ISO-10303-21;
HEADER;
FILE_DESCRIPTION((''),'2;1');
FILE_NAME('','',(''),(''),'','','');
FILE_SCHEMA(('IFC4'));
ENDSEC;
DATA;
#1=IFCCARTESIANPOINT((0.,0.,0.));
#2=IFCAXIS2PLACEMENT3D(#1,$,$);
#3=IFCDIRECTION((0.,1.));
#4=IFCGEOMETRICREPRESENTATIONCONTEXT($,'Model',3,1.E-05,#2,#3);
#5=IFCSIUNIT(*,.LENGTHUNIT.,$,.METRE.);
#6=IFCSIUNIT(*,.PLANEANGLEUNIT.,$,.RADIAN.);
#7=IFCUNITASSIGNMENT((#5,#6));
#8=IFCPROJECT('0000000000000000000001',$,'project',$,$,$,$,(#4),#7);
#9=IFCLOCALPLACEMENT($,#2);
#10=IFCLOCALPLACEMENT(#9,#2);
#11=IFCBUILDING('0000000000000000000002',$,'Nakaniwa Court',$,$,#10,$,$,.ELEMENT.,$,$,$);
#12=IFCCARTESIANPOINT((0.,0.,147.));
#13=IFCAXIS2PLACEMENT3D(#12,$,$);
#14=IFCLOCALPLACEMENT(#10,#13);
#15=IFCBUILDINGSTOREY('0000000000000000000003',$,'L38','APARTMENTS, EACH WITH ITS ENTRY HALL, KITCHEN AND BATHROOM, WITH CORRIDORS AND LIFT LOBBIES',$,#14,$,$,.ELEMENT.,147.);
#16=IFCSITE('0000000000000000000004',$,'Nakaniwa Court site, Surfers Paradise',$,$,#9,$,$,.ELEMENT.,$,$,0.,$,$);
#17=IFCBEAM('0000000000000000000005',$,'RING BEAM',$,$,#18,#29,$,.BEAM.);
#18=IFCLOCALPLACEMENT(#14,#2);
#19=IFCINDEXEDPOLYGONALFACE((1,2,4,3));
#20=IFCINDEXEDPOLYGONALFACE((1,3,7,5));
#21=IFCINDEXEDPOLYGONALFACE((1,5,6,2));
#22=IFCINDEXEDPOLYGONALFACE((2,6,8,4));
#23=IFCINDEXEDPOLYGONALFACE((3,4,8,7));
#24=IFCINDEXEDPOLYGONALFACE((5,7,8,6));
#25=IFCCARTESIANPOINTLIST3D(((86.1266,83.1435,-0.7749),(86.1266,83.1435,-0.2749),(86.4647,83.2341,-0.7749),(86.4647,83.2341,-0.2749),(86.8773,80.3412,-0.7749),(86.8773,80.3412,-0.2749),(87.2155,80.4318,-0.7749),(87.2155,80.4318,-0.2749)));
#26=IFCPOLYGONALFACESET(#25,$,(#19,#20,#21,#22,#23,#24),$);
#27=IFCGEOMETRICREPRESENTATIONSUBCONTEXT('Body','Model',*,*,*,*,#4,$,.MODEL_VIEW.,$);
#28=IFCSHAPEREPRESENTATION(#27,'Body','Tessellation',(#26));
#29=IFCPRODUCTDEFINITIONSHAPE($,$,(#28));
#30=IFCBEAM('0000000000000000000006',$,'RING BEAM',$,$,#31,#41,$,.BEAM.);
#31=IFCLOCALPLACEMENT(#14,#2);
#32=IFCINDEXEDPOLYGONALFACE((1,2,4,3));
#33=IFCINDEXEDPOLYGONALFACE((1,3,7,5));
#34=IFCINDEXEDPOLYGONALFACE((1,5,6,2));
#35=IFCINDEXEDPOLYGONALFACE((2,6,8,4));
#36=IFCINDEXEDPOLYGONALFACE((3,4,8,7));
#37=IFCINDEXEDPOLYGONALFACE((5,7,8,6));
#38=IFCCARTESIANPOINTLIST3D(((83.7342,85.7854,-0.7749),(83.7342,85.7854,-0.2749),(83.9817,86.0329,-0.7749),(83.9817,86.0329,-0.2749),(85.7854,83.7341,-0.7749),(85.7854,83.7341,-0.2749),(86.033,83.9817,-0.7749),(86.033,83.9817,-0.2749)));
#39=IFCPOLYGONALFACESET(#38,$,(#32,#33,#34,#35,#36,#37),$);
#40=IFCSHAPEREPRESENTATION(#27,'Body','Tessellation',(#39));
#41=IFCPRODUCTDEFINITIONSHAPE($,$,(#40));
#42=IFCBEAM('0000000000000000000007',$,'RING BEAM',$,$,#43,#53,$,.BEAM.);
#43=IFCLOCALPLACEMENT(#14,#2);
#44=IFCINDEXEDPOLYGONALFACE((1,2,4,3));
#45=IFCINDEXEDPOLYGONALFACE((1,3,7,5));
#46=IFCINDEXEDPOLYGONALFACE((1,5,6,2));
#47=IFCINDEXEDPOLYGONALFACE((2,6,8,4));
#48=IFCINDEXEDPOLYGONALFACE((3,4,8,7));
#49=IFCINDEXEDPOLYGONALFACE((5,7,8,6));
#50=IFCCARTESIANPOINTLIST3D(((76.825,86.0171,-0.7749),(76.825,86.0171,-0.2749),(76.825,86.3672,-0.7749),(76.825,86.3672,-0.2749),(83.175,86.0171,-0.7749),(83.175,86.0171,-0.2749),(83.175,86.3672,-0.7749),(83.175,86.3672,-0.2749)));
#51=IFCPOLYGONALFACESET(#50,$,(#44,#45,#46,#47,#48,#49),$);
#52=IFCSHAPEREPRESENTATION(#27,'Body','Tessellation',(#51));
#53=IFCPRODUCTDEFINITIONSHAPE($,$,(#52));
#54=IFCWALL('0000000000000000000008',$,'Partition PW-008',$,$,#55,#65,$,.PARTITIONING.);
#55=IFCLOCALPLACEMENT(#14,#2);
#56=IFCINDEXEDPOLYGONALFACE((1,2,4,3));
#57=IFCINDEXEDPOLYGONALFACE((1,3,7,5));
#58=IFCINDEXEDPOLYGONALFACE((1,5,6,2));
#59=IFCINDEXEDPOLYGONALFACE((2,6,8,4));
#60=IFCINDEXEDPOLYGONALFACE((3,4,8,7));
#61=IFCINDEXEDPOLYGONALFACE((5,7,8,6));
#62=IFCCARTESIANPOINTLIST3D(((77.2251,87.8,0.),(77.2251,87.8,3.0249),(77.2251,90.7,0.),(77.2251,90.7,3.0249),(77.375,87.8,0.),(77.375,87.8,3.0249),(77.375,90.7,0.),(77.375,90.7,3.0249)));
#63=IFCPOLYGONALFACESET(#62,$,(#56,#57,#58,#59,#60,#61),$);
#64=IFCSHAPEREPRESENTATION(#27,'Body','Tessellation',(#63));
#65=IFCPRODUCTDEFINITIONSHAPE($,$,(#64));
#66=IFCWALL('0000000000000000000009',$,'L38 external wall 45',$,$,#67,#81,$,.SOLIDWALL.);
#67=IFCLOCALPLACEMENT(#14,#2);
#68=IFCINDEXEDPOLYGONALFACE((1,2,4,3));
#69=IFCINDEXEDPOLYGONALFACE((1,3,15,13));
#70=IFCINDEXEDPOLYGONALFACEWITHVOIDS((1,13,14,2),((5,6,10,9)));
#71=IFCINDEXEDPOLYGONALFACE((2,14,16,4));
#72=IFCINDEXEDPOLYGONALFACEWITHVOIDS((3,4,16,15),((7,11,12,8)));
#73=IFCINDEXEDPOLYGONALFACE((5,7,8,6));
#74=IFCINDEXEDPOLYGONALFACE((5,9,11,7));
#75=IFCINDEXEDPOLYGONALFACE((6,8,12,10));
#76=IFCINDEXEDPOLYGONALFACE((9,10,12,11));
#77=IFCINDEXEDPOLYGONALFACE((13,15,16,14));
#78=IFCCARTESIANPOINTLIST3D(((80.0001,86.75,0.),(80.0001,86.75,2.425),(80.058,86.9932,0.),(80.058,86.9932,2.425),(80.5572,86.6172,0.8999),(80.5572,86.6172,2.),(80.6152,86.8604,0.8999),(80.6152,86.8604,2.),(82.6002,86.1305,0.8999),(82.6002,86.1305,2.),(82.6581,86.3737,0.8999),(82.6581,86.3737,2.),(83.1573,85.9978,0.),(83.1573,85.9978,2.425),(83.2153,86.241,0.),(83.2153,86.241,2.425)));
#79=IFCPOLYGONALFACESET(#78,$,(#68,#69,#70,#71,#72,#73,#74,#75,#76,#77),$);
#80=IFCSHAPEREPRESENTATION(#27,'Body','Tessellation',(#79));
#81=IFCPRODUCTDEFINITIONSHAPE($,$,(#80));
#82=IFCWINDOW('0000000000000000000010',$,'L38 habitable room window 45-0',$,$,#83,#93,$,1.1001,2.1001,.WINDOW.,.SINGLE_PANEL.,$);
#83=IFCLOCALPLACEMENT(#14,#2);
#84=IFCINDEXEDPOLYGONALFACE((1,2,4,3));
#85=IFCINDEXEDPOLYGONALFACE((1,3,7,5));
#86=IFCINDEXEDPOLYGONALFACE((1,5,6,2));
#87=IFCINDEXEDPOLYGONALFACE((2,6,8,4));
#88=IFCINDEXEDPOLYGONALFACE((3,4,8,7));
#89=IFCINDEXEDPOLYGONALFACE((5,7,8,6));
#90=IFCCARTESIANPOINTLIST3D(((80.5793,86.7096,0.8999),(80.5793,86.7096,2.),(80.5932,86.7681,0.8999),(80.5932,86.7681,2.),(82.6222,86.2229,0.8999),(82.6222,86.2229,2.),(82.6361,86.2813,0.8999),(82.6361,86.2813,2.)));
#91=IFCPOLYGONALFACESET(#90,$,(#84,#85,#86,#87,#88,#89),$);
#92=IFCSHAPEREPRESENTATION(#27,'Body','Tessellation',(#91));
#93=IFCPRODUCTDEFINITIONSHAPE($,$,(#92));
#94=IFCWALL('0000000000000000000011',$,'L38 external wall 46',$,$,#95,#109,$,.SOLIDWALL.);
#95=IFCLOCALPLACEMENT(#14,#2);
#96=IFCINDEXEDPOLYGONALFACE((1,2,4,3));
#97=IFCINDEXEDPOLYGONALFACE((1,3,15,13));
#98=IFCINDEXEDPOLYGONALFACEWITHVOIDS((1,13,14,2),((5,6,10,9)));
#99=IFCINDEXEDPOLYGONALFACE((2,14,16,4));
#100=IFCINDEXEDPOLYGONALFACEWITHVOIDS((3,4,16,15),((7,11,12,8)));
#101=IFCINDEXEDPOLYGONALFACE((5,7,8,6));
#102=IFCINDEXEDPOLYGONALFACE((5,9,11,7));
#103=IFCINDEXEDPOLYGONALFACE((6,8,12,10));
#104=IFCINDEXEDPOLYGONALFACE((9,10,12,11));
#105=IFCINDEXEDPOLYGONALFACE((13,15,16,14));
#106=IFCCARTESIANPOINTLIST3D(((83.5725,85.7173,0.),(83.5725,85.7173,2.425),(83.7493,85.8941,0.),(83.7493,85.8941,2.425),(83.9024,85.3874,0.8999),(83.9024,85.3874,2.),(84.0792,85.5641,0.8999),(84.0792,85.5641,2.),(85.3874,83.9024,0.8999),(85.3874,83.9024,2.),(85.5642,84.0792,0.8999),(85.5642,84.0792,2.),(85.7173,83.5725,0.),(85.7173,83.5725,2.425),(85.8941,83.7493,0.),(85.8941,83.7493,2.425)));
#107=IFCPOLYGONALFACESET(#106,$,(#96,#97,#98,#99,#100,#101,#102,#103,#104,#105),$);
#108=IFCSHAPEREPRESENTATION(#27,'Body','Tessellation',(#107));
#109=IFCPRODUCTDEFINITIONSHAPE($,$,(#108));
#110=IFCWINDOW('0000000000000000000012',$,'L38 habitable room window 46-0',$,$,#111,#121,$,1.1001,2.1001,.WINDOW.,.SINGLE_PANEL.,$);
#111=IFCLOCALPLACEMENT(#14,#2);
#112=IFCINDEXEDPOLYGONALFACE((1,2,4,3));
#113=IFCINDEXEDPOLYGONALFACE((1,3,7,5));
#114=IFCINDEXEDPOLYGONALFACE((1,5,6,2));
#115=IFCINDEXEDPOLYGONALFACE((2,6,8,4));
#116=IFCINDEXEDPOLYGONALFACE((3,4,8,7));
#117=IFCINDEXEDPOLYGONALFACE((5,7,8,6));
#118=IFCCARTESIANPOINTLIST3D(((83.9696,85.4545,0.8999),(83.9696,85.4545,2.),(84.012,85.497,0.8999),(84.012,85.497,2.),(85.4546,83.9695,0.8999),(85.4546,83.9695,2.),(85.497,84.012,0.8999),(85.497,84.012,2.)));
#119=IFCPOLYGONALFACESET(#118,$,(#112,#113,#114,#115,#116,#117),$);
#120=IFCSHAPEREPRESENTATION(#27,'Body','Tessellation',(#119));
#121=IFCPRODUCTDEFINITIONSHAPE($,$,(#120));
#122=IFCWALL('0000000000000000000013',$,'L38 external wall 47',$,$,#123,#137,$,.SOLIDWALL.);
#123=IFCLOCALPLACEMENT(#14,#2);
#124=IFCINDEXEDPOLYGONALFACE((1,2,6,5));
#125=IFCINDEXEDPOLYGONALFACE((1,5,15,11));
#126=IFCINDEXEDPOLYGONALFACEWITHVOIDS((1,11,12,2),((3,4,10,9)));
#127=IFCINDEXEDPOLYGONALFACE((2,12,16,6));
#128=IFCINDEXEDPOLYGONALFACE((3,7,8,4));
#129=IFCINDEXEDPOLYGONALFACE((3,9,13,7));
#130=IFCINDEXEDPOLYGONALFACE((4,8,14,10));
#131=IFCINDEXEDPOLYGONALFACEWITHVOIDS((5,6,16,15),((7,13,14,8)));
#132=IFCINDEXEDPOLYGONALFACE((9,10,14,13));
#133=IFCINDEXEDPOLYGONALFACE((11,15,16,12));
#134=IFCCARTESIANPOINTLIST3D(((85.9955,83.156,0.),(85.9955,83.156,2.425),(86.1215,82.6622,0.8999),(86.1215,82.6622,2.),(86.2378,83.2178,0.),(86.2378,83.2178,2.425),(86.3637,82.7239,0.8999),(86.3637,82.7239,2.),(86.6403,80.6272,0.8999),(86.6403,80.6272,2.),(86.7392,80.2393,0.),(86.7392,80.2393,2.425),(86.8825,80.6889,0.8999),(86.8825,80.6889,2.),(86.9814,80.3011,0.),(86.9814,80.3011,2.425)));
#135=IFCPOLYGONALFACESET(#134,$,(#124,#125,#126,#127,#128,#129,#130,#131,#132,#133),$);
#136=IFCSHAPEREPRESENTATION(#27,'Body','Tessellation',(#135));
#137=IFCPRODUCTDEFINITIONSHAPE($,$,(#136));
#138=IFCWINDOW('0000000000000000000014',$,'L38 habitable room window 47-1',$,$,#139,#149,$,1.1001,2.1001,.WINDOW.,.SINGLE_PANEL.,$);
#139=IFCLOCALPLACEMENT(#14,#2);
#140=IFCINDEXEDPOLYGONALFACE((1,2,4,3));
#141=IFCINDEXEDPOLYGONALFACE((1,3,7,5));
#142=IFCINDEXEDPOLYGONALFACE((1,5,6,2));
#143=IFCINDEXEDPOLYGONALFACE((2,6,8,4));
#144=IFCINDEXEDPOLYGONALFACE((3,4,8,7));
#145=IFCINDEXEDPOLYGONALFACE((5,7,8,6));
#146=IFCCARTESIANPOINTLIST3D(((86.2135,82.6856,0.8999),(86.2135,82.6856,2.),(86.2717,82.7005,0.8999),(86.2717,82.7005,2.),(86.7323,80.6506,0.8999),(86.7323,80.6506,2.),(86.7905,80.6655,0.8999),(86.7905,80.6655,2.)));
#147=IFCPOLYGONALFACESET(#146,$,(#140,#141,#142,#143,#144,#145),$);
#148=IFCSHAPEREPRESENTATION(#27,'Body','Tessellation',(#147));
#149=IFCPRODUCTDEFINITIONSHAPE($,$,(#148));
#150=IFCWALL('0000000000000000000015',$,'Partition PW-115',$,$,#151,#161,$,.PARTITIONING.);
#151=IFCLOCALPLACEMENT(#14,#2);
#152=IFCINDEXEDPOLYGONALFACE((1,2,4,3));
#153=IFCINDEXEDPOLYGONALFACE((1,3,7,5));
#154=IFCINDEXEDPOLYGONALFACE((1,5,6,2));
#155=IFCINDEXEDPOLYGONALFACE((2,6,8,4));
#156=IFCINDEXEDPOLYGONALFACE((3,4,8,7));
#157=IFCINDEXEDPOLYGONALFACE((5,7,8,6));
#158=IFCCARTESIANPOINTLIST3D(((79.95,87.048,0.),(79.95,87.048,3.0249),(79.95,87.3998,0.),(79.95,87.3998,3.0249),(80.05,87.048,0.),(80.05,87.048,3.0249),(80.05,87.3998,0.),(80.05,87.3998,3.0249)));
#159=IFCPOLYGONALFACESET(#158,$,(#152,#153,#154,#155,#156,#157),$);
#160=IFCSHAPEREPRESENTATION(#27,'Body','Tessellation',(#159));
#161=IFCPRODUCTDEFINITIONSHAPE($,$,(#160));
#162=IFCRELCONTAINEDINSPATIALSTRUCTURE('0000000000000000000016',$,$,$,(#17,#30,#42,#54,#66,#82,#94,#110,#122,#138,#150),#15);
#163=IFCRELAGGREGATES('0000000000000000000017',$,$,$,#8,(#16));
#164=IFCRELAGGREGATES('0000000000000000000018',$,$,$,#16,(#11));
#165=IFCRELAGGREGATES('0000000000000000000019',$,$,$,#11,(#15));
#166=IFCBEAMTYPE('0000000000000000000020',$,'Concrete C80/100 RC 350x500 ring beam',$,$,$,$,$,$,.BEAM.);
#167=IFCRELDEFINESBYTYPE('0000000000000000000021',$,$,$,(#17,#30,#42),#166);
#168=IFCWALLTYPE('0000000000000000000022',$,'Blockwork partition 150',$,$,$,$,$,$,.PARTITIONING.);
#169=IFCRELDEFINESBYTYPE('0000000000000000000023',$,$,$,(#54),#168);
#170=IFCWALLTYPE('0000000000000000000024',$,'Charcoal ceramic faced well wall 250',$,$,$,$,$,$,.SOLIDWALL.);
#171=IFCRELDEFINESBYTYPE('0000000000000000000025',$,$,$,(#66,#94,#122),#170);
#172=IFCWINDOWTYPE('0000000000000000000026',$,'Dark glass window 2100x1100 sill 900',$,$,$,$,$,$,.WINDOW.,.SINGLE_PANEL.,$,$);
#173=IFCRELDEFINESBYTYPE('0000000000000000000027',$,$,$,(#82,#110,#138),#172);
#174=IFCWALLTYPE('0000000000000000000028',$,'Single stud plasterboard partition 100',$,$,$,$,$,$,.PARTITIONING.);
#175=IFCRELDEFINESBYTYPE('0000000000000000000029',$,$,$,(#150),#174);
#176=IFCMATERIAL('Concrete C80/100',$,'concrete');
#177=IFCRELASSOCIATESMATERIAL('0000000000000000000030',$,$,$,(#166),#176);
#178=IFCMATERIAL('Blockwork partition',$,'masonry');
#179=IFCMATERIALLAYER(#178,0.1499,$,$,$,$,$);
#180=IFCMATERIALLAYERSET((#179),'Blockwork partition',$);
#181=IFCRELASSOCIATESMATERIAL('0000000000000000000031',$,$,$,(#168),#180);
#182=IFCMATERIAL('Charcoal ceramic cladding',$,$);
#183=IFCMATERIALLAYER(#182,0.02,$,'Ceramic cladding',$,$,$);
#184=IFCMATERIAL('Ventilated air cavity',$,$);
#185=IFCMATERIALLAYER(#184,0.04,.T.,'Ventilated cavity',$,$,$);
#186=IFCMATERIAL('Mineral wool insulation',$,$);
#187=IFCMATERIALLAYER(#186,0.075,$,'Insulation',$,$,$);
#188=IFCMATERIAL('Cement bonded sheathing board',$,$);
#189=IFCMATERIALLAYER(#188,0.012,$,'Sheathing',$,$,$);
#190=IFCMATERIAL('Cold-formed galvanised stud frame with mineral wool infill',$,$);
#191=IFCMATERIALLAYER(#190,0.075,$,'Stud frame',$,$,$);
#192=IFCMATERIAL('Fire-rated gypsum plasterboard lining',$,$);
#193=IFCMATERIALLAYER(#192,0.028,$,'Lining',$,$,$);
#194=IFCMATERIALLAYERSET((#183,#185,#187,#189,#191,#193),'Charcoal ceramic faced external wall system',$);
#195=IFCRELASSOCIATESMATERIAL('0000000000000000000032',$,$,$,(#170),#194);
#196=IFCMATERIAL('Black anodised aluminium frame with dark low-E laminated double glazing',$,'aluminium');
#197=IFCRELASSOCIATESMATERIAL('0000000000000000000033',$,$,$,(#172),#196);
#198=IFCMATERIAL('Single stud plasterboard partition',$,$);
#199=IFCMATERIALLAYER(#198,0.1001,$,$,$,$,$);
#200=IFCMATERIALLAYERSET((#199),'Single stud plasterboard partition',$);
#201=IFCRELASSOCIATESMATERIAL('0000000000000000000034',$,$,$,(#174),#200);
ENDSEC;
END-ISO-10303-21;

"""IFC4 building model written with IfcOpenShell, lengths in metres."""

from ifc_helpers import new_model, si_unit, direction, frame, frame_2d, origin, origin_2d, place, context, subcontext, project, spatial, rectangle, extrude, material, layer, layer_set, material_profile, profile_set, type_object, element, fill, save


model = new_model("IFC4")

# Units and contexts
model_context = context("Model", 3, precision=1e-05, world=origin(), true_north=direction((0.0, 1.0)))
body_context = subcontext(model_context, "Body", "Model", "MODEL_VIEW")
ifc_project = project(units=[si_unit("LENGTHUNIT", "METRE"), si_unit("PLANEANGLEUNIT", "RADIAN")], contexts=[model_context])

# Site, building, storey
site_placement = place(None, origin())
site = spatial("IfcSite", under=ifc_project, at=site_placement, Name="Nakaniwa Court site, Surfers Paradise", CompositionType="ELEMENT", RefElevation=0.0)
building_placement = place(site_placement, origin())
building = spatial("IfcBuilding", under=site, at=building_placement, Name="Nakaniwa Court", CompositionType="ELEMENT")
storey_placement = place(building_placement, frame((0.0, 0.0, 147.0)))
storey = spatial("IfcBuildingStorey", under=building, at=storey_placement, Name="L38", Description="APARTMENTS, EACH WITH ITS ENTRY HALL, KITCHEN AND BATHROOM, WITH CORRIDORS AND LIFT LOBBIES", CompositionType="ELEMENT", Elevation=147.0)

# Shared definitions
ifc_material_1 = material(Name="Concrete C80/100", Category="concrete")

# Beams
ifc_material_profile_1 = material_profile(ifc_material_1, rectangle(XDim=0.3501, YDim=0.5, at=origin_2d()), Name="Concrete C80/100 RC 350x500 ring beam")
ifc_profile_set_1 = profile_set([ifc_material_profile_1], Name="Concrete C80/100")
beam_type = type_object("IfcBeamType", Name="Concrete C80/100 RC 350x500 ring beam", PredefinedType="BEAM", material=ifc_profile_set_1)
beam_1_placement = place(storey_placement, frame((87.0464, 80.3865, -0.5249), z_axis=(-0.258778, 0.965937, 0.0), x_axis=(-0.965937, -0.258778, 0.0)))
element("IfcBeam", 1, at=beam_1_placement, inside=storey, type_object=beam_type, Name="RING BEAM", PredefinedType="BEAM", context=body_context, shape_type="SweptSolid", body=[
    extrude(rectangle(XDim=0.3501, YDim=0.5, at=origin_2d()), origin(), (0.0, 0.0, 1.0), 2.9011),
])
beam_2_placement = place(storey_placement, frame((85.9092, 83.8579, -0.5249), z_axis=(-0.707107, 0.707107, 0.0), x_axis=(-0.707107, -0.707107, 0.0)))
element("IfcBeam", 2, at=beam_2_placement, inside=storey, type_object=beam_type, Name="RING BEAM", PredefinedType="BEAM", context=body_context, shape_type="SweptSolid", body=[
    extrude(rectangle(XDim=0.3501, YDim=0.5, at=origin_2d()), origin(), (0.0, 0.0, 1.0), 2.9009),
])
beam_3_placement = place(storey_placement, frame((83.175, 86.1921, -0.5249), z_axis=(-1.0, 0.0, 0.0), x_axis=(0.0, -1.0, 0.0)))
element("IfcBeam", 3, at=beam_3_placement, inside=storey, type_object=beam_type, Name="RING BEAM", PredefinedType="BEAM", context=body_context, shape_type="SweptSolid", body=[
    extrude(rectangle(XDim=0.3501, YDim=0.5, at=origin_2d()), origin(), (0.0, 0.0, 1.0), 6.3501),
])

# Wall
ifc_material_2 = material(Name="Blockwork partition", Category="masonry")
ifc_layer_1 = layer(ifc_material_2, 0.1499)
ifc_layer_set_1 = layer_set([ifc_layer_1], Name="Blockwork partition")
wall_type_1 = type_object("IfcWallType", Name="Blockwork partition 150", PredefinedType="PARTITIONING", material=ifc_layer_set_1)
wall_1_placement = place(storey_placement, frame((77.3, 87.8, 0.0), z_axis=(0.0, 0.0, 1.0), x_axis=(0.0, 1.0, 0.0)))
element("IfcWall", 4, at=wall_1_placement, inside=storey, type_object=wall_type_1, Name="Partition PW-008", PredefinedType="PARTITIONING", context=body_context, shape_type="SweptSolid", body=[
    extrude(rectangle(XDim=2.8999, YDim=0.1499, at=frame_2d((1.45, 0.0))), origin(), (0.0, 0.0, 1.0), 3.0249),
])

# Walls, openings, windows
ifc_material_3 = material(Name="Charcoal ceramic cladding")
ifc_layer_2 = layer(ifc_material_3, 0.02, Name="Ceramic cladding")
ifc_material_4 = material(Name="Ventilated air cavity")
ifc_layer_3 = layer(ifc_material_4, 0.04, ventilated=True, Name="Ventilated cavity")
ifc_material_5 = material(Name="Mineral wool insulation")
ifc_layer_4 = layer(ifc_material_5, 0.075, Name="Insulation")
ifc_material_6 = material(Name="Cement bonded sheathing board")
ifc_layer_5 = layer(ifc_material_6, 0.012, Name="Sheathing")
ifc_material_7 = material(Name="Cold-formed galvanised stud frame with mineral wool infill")
ifc_layer_6 = layer(ifc_material_7, 0.075, Name="Stud frame")
ifc_material_8 = material(Name="Fire-rated gypsum plasterboard lining")
ifc_layer_7 = layer(ifc_material_8, 0.028, Name="Lining")
ifc_layer_set_2 = layer_set([ifc_layer_2, ifc_layer_3, ifc_layer_4, ifc_layer_5, ifc_layer_6, ifc_layer_7], Name="Charcoal ceramic faced external wall system")
wall_type_2 = type_object("IfcWallType", Name="Charcoal ceramic faced well wall 250", PredefinedType="SOLIDWALL", material=ifc_layer_set_2)
wall_2_placement = place(storey_placement, frame((80.0291, 86.8716, 0.0), z_axis=(0.0, 0.0, 1.0), x_axis=(0.972773, -0.23176, 0.0)))
wall_2 = element("IfcWall", 5, at=wall_2_placement, inside=storey, type_object=wall_type_2, Name="L38 external wall 45", PredefinedType="SOLIDWALL", context=body_context, shape_type="SweptSolid", body=[
    extrude(rectangle(XDim=3.2456, YDim=0.25, at=frame_2d((1.6228, 0.0))), origin(), (0.0, 0.0, 1.0), 2.425),
])
opening_1_placement = place(wall_2_placement, frame((0.5728, 0.0, 0.8999)))
opening_1 = element("IfcOpeningElement", 6, at=opening_1_placement, cuts=wall_2, PredefinedType="OPENING", context=body_context, shape_type="SweptSolid", body=[
    extrude(rectangle(XDim=2.1001, YDim=1.1001, at=frame_2d((1.05, 0.55))), frame((0.0, 0.135, 0.0), z_axis=(0.0, -1.0, 0.0), x_axis=(1.0, 0.0, 0.0)), (0.0, 0.0, 1.0), 0.27),
])
ifc_material_9 = material(Name="Black anodised aluminium frame with dark low-E laminated double glazing", Category="aluminium")
window_type = type_object("IfcWindowType", Name="Dark glass window 2100x1100 sill 900", PartitioningType="SINGLE_PANEL", PredefinedType="WINDOW", material=ifc_material_9)
window_1_placement = place(opening_1_placement, origin())
window_1 = element("IfcWindow", 7, at=window_1_placement, inside=storey, type_object=window_type, Name="L38 habitable room window 45-0", OverallHeight=1.1001, OverallWidth=2.1001, PartitioningType="SINGLE_PANEL", PredefinedType="WINDOW", context=body_context, shape_type="SweptSolid", body=[
    extrude(rectangle(XDim=2.1001, YDim=1.1001, at=frame_2d((1.05, 0.55))), frame((0.0, 0.03, 0.0), z_axis=(0.0, -1.0, 0.0), x_axis=(1.0, 0.0, 0.0)), (0.0, 0.0, 1.0), 0.0601),
])
fill(opening_1, window_1)
wall_3_placement = place(storey_placement, frame((83.6609, 85.8057, 0.0), z_axis=(0.0, 0.0, 1.0), x_axis=(0.707107, -0.707107, 0.0)))
wall_3 = element("IfcWall", 8, at=wall_3_placement, inside=storey, type_object=wall_type_2, Name="L38 external wall 46", PredefinedType="SOLIDWALL", context=body_context, shape_type="SweptSolid", body=[
    extrude(rectangle(XDim=3.0332, YDim=0.25, at=frame_2d((1.5166, 0.0))), origin(), (0.0, 0.0, 1.0), 2.425),
])
opening_2_placement = place(wall_3_placement, frame((0.4666, 0.0, 0.8999)))
opening_2 = element("IfcOpeningElement", 9, at=opening_2_placement, cuts=wall_3, PredefinedType="OPENING", context=body_context, shape_type="SweptSolid", body=[
    extrude(rectangle(XDim=2.1001, YDim=1.1001, at=frame_2d((1.05, 0.55))), frame((0.0, 0.135, 0.0), z_axis=(0.0, -1.0, 0.0), x_axis=(1.0, 0.0, 0.0)), (0.0, 0.0, 1.0), 0.27),
])
window_2_placement = place(opening_2_placement, origin())
window_2 = element("IfcWindow", 10, at=window_2_placement, inside=storey, type_object=window_type, Name="L38 habitable room window 46-0", OverallHeight=1.1001, OverallWidth=2.1001, PartitioningType="SINGLE_PANEL", PredefinedType="WINDOW", context=body_context, shape_type="SweptSolid", body=[
    extrude(rectangle(XDim=2.1001, YDim=1.1001, at=frame_2d((1.05, 0.55))), frame((0.0, 0.03, 0.0), z_axis=(0.0, -1.0, 0.0), x_axis=(1.0, 0.0, 0.0)), (0.0, 0.0, 1.0), 0.0601),
])
fill(opening_2, window_2)
wall_4_placement = place(storey_placement, frame((86.1167, 83.1868, 0.0), z_axis=(0.0, 0.0, 1.0), x_axis=(0.247056, -0.969001, 0.0)))
wall_4 = element("IfcWall", 11, at=wall_4_placement, inside=storey, type_object=wall_type_2, Name="L38 external wall 47", PredefinedType="SOLIDWALL", context=body_context, shape_type="SweptSolid", body=[
    extrude(rectangle(XDim=3.01, YDim=0.25, at=frame_2d((1.5049, 0.0))), origin(), (0.0, 0.0, 1.0), 2.425),
])
opening_3_placement = place(wall_4_placement, frame((0.5095, 0.0, 0.8999)))
opening_3 = element("IfcOpeningElement", 12, at=opening_3_placement, cuts=wall_4, PredefinedType="OPENING", context=body_context, shape_type="SweptSolid", body=[
    extrude(rectangle(XDim=2.1001, YDim=1.1001, at=frame_2d((1.05, 0.55))), frame((0.0, 0.135, 0.0), z_axis=(0.0, -1.0, 0.0), x_axis=(1.0, 0.0, 0.0)), (0.0, 0.0, 1.0), 0.27),
])
window_3_placement = place(opening_3_placement, origin())
window_3 = element("IfcWindow", 13, at=window_3_placement, inside=storey, type_object=window_type, Name="L38 habitable room window 47-1", OverallHeight=1.1001, OverallWidth=2.1001, PartitioningType="SINGLE_PANEL", PredefinedType="WINDOW", context=body_context, shape_type="SweptSolid", body=[
    extrude(rectangle(XDim=2.1001, YDim=1.1001, at=frame_2d((1.05, 0.55))), frame((0.0, 0.03, 0.0), z_axis=(0.0, -1.0, 0.0), x_axis=(1.0, 0.0, 0.0)), (0.0, 0.0, 1.0), 0.0601),
])
fill(opening_3, window_3)

# Wall
ifc_material_10 = material(Name="Single stud plasterboard partition")
ifc_layer_8 = layer(ifc_material_10, 0.1001)
ifc_layer_set_3 = layer_set([ifc_layer_8], Name="Single stud plasterboard partition")
wall_type_3 = type_object("IfcWallType", Name="Single stud plasterboard partition 100", PredefinedType="PARTITIONING", material=ifc_layer_set_3)
wall_5_placement = place(storey_placement, frame((80.0, 87.0481, 0.0), z_axis=(0.0, 0.0, 1.0), x_axis=(0.0, 1.0, 0.0)))
element("IfcWall", 14, at=wall_5_placement, inside=storey, type_object=wall_type_3, Name="Partition PW-115", PredefinedType="PARTITIONING", context=body_context, shape_type="SweptSolid", body=[
    extrude(rectangle(XDim=0.3518, YDim=0.1001, at=frame_2d((0.1758, 0.0))), origin(), (0.0, 0.0, 1.0), 3.0249),
])

save(model, "model.ifc")
